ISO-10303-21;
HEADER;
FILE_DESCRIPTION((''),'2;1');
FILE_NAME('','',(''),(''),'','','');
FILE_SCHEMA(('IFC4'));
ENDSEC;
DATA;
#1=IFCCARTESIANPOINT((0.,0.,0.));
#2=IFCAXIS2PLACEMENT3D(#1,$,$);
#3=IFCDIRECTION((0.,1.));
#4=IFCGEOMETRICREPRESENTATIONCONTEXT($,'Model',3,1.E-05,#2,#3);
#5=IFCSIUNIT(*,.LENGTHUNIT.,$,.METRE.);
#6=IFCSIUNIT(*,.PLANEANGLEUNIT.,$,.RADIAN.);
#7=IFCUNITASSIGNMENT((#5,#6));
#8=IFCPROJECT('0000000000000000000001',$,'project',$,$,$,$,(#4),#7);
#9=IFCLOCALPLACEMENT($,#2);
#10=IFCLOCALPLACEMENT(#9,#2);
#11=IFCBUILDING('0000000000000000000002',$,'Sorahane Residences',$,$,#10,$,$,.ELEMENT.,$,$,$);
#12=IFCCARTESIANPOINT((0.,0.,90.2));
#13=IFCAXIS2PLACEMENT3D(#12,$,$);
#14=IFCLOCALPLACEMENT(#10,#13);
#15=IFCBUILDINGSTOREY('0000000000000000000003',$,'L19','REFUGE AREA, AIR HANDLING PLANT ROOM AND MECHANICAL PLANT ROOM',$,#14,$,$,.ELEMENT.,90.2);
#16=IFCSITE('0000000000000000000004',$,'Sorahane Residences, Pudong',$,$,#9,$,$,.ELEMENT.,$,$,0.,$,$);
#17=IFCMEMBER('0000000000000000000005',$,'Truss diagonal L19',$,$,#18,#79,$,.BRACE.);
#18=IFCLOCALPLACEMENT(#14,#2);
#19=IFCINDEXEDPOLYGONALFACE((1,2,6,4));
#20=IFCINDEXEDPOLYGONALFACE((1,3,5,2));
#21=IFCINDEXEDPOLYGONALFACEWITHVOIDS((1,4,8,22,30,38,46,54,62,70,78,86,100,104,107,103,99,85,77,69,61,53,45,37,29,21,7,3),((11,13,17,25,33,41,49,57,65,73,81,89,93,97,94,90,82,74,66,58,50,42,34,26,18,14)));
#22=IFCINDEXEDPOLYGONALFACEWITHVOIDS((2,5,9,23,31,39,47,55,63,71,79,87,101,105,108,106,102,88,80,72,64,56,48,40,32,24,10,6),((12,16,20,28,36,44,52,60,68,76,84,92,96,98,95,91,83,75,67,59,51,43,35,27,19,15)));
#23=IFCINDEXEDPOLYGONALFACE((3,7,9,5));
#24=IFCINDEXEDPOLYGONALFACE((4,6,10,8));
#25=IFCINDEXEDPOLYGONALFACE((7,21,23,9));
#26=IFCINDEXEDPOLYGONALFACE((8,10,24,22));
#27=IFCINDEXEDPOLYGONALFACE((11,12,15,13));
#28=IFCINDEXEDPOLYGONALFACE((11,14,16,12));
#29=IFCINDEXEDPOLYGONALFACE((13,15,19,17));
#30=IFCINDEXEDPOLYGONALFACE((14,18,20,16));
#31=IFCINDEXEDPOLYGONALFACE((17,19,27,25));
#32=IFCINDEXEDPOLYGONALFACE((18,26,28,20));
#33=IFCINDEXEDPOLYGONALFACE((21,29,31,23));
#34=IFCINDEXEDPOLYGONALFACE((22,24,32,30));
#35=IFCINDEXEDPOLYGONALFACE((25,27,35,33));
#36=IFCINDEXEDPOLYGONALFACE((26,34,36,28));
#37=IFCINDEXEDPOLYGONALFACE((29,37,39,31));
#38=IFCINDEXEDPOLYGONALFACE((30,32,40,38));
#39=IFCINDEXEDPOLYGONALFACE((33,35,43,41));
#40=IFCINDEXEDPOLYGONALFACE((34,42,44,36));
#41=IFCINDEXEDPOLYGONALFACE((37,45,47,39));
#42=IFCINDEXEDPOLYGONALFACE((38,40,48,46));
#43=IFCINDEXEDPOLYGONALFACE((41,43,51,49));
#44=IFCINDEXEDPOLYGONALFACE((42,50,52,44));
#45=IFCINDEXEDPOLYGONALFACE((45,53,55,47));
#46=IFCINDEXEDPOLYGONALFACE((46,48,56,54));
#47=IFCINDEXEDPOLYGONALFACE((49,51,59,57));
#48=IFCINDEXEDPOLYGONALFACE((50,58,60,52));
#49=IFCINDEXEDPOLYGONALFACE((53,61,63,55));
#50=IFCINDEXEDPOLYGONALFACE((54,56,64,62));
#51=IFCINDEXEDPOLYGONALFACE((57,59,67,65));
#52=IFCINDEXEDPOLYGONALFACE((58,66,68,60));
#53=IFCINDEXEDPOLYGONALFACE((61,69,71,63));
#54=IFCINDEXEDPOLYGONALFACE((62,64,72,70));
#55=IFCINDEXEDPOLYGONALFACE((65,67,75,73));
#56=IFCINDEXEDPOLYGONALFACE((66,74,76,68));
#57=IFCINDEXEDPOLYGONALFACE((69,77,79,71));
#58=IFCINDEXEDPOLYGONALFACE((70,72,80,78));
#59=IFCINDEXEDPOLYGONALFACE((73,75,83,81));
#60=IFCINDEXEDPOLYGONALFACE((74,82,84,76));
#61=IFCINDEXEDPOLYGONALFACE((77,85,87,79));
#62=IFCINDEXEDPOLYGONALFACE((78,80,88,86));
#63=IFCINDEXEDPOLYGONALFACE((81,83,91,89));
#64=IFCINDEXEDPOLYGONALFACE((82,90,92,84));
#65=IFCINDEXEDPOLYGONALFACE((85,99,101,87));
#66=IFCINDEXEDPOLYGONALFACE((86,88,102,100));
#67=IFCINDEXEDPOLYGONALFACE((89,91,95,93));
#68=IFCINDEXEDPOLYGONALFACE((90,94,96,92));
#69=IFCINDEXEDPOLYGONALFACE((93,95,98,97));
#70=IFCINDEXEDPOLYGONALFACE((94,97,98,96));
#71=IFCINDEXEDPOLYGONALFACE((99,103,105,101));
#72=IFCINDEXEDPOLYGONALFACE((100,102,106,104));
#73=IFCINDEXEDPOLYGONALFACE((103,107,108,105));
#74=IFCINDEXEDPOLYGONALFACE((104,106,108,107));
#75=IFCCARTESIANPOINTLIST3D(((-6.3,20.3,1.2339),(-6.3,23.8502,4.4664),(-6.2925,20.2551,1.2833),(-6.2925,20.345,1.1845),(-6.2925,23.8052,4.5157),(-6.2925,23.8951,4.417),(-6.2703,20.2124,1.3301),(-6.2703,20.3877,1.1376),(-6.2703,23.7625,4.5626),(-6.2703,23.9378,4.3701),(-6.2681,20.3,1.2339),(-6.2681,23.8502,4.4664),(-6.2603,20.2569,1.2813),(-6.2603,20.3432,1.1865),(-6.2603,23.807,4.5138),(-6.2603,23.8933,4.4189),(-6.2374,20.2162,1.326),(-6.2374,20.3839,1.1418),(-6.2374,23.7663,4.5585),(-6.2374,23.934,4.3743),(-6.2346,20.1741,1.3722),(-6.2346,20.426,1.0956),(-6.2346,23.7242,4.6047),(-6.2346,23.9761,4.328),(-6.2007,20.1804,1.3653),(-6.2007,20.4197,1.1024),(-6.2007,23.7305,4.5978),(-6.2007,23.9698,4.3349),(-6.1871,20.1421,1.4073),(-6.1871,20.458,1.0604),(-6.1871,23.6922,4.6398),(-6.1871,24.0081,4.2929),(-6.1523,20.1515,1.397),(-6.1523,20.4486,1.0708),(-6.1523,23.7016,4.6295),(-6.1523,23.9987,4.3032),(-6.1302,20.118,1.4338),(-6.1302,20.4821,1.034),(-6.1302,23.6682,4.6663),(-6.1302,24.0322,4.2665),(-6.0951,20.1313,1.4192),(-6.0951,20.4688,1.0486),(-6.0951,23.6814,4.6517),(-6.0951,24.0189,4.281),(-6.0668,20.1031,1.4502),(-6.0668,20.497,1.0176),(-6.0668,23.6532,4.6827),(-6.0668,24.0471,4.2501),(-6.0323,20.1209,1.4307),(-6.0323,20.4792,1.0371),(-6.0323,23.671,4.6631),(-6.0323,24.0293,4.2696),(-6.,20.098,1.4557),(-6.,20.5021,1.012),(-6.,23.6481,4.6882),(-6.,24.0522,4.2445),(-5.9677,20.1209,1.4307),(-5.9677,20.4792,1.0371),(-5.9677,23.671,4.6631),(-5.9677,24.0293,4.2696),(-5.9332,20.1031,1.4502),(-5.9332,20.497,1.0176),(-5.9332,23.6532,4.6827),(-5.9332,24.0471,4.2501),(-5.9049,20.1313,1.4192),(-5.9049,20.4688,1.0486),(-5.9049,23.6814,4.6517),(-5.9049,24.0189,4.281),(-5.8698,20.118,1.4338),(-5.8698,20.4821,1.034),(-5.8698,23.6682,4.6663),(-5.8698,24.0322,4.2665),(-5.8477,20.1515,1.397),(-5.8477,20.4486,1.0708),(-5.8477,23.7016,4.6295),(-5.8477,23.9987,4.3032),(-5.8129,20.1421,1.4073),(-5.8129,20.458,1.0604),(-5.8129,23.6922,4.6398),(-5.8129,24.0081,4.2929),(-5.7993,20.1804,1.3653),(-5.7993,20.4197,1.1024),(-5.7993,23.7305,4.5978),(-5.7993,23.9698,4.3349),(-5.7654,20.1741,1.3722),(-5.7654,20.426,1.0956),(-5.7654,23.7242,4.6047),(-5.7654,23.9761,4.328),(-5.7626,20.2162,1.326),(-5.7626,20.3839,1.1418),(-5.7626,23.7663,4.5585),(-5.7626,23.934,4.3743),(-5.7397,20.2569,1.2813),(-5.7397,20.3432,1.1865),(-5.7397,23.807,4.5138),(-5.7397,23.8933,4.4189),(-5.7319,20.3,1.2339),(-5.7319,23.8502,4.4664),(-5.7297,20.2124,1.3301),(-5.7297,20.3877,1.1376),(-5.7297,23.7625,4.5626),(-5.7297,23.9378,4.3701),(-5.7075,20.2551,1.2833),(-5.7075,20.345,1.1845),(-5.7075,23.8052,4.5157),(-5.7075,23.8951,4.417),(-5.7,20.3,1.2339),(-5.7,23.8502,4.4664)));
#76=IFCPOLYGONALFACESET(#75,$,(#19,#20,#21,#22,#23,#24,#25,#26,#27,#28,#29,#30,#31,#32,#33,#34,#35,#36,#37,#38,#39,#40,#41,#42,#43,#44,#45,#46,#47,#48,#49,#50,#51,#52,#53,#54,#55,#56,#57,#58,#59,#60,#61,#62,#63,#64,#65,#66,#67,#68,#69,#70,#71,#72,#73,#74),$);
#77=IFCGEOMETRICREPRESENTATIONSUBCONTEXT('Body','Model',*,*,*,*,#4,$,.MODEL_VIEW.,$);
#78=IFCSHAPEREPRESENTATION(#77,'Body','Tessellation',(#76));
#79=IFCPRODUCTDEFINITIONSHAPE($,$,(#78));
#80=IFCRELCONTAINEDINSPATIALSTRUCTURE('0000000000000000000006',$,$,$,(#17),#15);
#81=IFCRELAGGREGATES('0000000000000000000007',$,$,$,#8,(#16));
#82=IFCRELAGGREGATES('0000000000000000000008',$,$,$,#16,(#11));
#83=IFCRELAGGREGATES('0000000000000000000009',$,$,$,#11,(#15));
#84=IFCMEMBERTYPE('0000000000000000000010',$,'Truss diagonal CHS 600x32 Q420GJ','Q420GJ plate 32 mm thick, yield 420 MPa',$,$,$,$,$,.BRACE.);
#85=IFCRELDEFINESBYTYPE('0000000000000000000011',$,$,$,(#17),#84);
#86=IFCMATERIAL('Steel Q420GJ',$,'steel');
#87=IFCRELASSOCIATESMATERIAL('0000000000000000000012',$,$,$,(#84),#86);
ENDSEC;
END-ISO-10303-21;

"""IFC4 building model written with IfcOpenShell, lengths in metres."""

from ifc_helpers import new_model, si_unit, direction, frame, origin, origin_2d, place, context, subcontext, project, spatial, hollow_circle, extrude, material, material_profile, profile_set, type_object, element, save


model = new_model("IFC4")

# Units and contexts
model_context = context("Model", 3, precision=1e-05, world=origin(), true_north=direction((0.0, 1.0)))
body_context = subcontext(model_context, "Body", "Model", "MODEL_VIEW")
ifc_project = project(units=[si_unit("LENGTHUNIT", "METRE"), si_unit("PLANEANGLEUNIT", "RADIAN")], contexts=[model_context])

# Site, building, storey
site_placement = place(None, origin())
site = spatial("IfcSite", under=ifc_project, at=site_placement, Name="Sorahane Residences, Pudong", CompositionType="ELEMENT", RefElevation=0.0)
building_placement = place(site_placement, origin())
building = spatial("IfcBuilding", under=site, at=building_placement, Name="Sorahane Residences", CompositionType="ELEMENT")
storey_placement = place(building_placement, frame((0.0, 0.0, 90.2)))
storey = spatial("IfcBuildingStorey", under=building, at=storey_placement, Name="L19", Description="REFUGE AREA, AIR HANDLING PLANT ROOM AND MECHANICAL PLANT ROOM", CompositionType="ELEMENT", Elevation=90.2)

# Member
ifc_material_1 = material(Name="Steel Q420GJ", Category="steel")
ifc_material_profile_1 = material_profile(ifc_material_1, hollow_circle(Radius=0.3, WallThickness=0.032, at=origin_2d()), Name="CHS 600x32")
ifc_profile_set_1 = profile_set([ifc_material_profile_1], Name="Steel Q420GJ")
member_type = type_object("IfcMemberType", Name="Truss diagonal CHS 600x32 Q420GJ", Description="Q420GJ plate 32 mm thick, yield 420 MPa", PredefinedType="BRACE", material=ifc_profile_set_1)
member_1_placement = place(storey_placement, frame((-6.0, 20.3, 1.2339), z_axis=(0.0, 0.739411, 0.673255), x_axis=(-1.0, 0.0, 0.0)))
element("IfcMember", 1, at=member_1_placement, inside=storey, type_object=member_type, Name="Truss diagonal L19", PredefinedType="BRACE", context=body_context, shape_type="SweptSolid", body=[
    extrude(hollow_circle(Radius=0.3, WallThickness=0.032, at=origin_2d()), origin(), (0.0, 0.0, 1.0), 4.8013),
])

save(model, "model.ifc")
